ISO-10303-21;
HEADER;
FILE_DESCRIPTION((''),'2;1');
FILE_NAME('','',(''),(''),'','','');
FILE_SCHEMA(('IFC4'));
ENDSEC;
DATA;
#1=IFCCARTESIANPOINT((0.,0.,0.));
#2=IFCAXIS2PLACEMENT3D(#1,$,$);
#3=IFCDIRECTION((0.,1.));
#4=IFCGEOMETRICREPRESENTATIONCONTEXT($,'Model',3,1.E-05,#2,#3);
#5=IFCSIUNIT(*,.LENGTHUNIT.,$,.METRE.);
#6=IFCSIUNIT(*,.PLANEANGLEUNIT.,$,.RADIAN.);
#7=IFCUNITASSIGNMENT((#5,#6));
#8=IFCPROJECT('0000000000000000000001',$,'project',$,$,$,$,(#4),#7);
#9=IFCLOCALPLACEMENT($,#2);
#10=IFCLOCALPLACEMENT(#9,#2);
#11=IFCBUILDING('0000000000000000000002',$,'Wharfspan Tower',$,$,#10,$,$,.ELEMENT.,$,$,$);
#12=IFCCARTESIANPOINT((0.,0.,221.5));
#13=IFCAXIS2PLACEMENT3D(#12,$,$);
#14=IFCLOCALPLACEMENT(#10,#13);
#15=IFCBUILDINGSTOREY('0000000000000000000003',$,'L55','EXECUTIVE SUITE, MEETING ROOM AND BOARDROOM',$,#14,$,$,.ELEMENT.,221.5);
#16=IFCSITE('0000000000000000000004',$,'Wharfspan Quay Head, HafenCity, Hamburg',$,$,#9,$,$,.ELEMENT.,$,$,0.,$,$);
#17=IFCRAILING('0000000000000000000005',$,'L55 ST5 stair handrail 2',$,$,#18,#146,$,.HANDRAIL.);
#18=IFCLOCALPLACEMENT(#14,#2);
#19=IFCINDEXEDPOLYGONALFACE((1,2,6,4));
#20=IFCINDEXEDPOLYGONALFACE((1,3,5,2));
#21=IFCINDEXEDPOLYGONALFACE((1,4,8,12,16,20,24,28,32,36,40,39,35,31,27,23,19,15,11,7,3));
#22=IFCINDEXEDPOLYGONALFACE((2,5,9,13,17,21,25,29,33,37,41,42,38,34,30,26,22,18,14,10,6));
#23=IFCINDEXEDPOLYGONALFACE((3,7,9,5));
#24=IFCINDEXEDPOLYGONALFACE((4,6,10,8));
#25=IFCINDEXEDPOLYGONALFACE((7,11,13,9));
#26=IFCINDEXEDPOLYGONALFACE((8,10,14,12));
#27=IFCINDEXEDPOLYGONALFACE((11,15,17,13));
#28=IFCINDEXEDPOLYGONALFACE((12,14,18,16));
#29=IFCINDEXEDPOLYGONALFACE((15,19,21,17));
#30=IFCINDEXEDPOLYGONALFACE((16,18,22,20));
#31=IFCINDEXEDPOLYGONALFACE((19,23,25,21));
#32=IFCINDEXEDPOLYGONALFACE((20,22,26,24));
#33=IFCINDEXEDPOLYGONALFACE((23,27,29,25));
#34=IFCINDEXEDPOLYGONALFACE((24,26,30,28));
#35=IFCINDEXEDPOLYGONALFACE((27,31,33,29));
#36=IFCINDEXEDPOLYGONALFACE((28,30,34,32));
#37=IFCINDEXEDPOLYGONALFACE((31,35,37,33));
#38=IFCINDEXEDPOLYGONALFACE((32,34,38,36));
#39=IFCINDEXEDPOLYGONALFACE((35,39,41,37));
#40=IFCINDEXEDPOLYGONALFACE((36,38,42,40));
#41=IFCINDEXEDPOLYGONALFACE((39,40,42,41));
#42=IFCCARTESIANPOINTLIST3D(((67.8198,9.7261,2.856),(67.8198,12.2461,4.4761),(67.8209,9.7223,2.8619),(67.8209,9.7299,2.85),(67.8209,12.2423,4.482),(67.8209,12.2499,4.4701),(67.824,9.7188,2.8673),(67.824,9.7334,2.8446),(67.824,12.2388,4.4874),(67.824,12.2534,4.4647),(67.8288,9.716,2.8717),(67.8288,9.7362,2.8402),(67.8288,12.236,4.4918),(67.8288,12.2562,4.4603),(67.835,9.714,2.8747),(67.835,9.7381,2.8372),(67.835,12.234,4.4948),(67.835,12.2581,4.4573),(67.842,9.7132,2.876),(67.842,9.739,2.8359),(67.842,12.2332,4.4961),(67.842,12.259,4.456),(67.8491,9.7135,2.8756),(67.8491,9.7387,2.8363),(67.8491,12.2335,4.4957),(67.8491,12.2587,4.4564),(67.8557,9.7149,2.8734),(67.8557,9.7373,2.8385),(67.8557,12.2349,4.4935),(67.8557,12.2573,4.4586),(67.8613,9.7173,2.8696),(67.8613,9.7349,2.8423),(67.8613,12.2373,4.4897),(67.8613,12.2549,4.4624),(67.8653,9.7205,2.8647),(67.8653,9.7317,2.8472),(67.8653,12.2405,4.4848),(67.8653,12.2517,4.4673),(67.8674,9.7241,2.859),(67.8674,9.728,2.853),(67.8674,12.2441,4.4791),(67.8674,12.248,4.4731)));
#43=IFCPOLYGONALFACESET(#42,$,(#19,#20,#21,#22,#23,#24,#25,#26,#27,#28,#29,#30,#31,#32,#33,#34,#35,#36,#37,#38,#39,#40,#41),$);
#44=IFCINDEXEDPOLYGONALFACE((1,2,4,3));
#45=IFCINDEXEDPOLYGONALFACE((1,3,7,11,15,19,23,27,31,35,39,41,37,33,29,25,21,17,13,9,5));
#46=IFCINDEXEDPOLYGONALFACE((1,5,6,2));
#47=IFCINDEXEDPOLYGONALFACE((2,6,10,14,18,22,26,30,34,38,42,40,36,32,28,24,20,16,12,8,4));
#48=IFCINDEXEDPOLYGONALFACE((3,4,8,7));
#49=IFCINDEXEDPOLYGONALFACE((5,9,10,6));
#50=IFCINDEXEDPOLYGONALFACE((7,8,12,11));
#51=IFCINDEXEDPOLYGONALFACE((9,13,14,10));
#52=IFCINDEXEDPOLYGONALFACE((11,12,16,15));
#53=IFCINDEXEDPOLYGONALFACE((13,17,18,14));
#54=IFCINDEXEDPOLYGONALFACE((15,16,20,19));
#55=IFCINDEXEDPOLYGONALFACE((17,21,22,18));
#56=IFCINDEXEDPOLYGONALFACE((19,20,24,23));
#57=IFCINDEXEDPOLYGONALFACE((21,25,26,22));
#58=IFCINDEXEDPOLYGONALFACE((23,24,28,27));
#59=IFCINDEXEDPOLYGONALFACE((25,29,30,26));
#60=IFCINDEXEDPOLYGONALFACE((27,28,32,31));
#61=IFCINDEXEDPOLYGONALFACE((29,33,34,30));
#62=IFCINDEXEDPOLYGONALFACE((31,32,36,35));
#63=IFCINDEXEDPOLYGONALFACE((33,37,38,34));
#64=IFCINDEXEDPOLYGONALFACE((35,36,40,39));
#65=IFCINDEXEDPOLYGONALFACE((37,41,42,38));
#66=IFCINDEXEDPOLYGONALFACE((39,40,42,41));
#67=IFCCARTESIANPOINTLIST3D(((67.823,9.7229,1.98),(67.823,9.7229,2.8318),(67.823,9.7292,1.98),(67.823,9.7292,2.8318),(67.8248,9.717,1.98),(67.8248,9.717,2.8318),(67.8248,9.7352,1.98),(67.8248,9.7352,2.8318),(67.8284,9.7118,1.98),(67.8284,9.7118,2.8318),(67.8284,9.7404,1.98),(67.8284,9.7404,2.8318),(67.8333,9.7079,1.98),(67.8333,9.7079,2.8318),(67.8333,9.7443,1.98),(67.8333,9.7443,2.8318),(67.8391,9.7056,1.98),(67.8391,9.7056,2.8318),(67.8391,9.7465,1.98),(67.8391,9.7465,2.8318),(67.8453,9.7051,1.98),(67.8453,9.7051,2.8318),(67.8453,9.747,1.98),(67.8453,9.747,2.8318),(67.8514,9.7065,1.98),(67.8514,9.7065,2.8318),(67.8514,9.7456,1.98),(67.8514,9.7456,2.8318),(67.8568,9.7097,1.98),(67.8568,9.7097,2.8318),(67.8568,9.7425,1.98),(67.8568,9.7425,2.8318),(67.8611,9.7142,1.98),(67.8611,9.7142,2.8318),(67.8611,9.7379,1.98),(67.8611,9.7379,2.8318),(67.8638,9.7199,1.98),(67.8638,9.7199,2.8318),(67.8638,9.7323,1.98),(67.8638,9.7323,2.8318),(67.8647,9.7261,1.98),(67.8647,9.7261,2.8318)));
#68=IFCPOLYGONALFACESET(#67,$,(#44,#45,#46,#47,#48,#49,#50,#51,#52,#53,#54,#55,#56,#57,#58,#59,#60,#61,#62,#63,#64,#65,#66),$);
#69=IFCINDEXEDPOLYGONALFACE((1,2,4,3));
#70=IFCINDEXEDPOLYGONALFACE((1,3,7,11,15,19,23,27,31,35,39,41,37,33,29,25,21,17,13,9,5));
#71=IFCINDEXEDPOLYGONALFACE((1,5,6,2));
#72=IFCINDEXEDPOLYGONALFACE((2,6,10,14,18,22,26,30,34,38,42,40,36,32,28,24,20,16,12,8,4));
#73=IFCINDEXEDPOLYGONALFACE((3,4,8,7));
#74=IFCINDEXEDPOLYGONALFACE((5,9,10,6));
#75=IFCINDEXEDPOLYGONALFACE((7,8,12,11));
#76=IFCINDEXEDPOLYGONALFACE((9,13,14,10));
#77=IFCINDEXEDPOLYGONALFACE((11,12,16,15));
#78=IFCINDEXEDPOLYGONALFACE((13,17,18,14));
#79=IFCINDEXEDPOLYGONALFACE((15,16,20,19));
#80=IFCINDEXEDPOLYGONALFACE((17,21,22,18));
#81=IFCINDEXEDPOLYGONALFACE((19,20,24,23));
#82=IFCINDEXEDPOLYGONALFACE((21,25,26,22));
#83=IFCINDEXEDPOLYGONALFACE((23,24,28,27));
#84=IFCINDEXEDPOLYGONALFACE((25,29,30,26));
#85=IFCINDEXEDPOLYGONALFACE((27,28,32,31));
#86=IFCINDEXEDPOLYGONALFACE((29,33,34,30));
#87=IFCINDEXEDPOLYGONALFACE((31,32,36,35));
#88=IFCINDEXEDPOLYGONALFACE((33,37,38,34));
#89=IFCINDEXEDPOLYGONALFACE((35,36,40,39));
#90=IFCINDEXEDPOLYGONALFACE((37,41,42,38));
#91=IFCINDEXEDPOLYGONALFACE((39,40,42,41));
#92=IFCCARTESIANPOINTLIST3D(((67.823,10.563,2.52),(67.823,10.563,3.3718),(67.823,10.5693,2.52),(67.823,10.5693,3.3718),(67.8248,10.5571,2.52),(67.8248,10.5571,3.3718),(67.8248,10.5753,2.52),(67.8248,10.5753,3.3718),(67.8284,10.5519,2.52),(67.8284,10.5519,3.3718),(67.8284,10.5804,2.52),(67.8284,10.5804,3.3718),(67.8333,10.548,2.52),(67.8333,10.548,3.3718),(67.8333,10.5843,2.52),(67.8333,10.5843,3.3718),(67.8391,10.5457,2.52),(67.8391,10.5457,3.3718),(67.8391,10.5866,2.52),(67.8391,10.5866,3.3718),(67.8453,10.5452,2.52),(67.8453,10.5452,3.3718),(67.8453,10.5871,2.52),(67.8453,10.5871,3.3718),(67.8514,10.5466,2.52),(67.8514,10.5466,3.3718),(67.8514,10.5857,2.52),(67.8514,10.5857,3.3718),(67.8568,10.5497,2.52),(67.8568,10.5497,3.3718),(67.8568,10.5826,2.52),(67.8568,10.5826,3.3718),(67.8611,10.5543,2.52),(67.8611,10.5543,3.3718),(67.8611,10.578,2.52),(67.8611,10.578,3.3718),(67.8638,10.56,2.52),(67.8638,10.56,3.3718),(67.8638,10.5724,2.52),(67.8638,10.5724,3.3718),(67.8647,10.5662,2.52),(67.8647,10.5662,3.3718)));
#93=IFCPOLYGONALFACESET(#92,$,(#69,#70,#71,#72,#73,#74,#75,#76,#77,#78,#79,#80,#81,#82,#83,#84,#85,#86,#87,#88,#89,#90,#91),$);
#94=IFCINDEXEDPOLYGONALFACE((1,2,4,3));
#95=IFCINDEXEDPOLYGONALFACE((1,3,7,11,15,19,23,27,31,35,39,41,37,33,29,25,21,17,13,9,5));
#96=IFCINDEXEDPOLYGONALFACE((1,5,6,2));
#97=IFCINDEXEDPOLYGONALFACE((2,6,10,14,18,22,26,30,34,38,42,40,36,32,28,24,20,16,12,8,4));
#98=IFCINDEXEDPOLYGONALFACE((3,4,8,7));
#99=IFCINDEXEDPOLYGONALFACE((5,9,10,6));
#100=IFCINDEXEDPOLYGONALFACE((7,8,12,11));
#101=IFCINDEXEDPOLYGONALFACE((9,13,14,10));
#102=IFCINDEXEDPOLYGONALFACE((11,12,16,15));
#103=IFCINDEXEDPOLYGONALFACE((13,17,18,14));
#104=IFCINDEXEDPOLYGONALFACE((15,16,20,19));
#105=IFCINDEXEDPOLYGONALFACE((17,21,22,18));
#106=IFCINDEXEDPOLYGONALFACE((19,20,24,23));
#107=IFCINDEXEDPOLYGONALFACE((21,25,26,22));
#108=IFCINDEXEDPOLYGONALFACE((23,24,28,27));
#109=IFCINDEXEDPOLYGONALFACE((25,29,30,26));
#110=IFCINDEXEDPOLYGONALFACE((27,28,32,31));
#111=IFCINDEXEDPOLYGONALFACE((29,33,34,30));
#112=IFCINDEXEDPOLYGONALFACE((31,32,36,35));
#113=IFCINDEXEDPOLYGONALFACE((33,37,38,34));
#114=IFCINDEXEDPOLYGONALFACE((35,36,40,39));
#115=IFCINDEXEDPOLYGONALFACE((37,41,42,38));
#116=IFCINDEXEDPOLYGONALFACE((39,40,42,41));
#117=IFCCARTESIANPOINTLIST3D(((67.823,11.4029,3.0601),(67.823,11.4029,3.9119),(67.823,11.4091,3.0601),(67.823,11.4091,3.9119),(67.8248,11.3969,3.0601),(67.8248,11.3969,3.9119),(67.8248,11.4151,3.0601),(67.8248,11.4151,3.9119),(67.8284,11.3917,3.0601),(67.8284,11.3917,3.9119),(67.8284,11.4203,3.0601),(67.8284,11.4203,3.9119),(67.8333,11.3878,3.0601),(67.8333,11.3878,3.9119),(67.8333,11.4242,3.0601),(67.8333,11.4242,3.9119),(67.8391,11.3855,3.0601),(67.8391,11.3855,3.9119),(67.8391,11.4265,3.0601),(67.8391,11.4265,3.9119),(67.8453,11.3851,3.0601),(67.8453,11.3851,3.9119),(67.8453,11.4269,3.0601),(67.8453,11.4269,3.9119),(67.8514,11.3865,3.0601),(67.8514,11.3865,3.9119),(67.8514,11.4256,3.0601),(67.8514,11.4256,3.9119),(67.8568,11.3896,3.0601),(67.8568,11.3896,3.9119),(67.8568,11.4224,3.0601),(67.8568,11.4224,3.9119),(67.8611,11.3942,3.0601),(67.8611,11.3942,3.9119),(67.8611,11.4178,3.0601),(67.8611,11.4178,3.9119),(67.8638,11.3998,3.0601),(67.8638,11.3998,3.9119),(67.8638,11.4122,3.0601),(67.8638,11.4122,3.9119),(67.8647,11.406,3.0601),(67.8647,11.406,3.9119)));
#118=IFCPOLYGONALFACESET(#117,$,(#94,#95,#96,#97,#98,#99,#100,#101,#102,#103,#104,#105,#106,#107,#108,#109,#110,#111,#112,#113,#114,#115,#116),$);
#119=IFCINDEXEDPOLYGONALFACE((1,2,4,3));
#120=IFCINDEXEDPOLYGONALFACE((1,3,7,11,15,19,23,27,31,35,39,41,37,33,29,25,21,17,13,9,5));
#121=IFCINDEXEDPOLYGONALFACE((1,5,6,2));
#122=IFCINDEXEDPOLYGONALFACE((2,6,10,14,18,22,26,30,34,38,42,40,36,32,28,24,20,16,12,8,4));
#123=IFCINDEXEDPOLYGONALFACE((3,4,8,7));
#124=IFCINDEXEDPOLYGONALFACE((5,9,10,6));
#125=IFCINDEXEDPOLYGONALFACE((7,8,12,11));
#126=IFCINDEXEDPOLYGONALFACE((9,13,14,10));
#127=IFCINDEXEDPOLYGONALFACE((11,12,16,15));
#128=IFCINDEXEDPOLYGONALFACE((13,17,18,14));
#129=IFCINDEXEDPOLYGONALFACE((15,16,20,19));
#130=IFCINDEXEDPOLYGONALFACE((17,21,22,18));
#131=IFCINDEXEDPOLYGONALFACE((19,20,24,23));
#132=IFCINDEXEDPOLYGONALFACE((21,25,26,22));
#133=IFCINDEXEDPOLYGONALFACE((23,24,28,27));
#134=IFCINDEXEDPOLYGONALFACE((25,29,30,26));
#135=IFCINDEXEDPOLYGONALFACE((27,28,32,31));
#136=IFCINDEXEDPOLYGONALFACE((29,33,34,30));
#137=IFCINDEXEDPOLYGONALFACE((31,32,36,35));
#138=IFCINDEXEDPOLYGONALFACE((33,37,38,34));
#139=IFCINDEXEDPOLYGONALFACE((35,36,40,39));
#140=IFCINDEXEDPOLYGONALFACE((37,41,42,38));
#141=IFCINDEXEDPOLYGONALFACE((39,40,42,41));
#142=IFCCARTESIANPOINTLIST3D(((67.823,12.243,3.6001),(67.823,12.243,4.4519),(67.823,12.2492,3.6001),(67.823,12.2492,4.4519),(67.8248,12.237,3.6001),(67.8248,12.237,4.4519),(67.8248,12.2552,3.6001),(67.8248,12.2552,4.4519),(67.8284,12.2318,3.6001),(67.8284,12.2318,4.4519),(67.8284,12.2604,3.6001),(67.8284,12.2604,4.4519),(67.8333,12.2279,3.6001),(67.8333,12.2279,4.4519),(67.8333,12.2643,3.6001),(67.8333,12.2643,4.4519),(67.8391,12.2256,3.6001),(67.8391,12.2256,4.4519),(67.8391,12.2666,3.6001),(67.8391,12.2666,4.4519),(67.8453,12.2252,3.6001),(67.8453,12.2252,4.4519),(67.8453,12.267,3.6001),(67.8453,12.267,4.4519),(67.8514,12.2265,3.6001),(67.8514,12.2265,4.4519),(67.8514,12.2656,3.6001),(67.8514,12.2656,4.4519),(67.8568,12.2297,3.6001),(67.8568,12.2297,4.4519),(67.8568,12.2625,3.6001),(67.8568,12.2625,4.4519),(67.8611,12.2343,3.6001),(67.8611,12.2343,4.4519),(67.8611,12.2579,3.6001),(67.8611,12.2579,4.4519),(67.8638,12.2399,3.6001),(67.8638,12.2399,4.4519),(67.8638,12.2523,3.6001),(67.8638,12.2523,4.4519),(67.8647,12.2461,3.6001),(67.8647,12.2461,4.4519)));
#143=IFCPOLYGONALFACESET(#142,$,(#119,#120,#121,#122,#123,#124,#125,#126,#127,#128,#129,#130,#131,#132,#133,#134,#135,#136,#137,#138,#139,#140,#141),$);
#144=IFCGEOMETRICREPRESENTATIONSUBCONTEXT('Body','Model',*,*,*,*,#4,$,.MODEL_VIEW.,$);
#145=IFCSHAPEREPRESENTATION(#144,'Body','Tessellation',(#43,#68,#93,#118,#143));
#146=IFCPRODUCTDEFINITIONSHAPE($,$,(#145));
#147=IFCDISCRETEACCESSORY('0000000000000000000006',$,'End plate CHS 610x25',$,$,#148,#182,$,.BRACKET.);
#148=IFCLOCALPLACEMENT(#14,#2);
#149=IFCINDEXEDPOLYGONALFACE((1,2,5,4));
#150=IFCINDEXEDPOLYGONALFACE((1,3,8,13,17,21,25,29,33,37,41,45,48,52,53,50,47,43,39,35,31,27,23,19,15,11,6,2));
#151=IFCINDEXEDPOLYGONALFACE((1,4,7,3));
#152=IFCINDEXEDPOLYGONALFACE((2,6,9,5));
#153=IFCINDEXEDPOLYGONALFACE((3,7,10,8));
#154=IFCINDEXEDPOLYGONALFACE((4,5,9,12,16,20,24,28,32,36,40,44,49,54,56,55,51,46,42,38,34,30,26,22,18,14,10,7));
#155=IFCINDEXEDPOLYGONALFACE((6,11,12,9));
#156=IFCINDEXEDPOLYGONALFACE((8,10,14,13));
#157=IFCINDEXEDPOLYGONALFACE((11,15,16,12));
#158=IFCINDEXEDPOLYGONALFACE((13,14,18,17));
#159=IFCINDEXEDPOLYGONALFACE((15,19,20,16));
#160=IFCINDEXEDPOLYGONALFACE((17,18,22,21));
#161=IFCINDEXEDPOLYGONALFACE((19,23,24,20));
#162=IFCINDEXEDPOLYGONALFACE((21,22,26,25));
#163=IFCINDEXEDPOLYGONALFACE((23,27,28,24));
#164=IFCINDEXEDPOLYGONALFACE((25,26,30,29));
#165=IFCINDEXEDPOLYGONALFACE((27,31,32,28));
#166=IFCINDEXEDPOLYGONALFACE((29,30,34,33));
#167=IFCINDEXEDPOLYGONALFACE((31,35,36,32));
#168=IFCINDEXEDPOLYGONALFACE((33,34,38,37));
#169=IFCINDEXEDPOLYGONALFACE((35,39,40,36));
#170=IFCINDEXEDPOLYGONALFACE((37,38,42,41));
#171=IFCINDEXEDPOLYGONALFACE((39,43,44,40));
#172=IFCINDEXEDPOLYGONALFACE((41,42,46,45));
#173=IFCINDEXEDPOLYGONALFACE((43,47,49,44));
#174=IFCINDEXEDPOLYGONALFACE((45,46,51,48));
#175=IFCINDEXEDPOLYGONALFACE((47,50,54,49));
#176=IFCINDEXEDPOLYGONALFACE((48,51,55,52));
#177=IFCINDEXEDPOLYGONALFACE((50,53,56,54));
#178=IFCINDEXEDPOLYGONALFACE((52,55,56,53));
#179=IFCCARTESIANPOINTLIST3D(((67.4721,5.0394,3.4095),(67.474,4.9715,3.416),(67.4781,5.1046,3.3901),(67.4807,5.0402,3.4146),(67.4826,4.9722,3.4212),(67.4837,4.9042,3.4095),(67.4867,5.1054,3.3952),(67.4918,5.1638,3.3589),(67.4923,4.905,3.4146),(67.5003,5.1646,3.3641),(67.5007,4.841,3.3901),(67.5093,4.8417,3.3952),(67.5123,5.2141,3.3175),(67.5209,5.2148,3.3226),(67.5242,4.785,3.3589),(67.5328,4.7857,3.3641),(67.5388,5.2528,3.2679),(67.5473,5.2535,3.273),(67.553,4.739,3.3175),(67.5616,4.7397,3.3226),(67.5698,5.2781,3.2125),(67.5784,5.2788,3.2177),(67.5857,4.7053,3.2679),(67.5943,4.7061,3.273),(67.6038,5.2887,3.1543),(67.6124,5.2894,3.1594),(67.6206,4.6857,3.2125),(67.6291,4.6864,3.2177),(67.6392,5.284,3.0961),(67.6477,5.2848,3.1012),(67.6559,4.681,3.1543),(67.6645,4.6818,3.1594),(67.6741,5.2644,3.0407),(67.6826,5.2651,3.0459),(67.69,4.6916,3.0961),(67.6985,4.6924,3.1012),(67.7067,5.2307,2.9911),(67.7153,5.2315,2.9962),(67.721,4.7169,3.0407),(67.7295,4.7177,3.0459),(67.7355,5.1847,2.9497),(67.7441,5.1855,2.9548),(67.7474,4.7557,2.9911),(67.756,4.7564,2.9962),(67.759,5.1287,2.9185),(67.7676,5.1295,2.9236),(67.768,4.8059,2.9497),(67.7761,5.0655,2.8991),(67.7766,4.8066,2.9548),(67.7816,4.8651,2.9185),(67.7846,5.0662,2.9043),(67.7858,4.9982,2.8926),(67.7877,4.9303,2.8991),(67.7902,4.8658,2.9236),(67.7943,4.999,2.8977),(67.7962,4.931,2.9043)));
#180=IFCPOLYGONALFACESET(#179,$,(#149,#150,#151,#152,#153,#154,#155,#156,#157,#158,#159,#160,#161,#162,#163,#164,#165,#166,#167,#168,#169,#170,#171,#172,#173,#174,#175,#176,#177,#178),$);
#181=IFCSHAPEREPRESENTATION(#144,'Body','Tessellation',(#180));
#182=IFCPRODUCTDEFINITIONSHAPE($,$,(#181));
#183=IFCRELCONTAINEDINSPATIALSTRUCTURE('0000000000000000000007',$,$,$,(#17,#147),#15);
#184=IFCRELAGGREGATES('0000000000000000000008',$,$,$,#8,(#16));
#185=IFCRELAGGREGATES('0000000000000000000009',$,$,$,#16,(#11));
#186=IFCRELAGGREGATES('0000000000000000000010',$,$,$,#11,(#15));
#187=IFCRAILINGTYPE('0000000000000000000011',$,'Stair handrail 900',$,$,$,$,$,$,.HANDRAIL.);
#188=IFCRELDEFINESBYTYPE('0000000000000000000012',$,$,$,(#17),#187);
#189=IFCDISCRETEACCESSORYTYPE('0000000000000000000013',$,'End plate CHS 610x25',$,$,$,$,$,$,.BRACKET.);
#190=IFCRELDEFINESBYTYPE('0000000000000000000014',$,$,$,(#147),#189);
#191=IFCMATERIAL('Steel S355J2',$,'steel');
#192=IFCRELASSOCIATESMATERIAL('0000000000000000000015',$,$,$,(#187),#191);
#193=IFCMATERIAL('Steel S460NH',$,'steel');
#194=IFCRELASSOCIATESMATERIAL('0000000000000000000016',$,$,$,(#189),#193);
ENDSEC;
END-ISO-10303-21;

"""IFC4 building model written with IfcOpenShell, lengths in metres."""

from ifc_helpers import new_model, si_unit, direction, frame, origin, origin_2d, place, context, subcontext, project, spatial, circle, extrude, material, material_profile, profile_set, type_object, element, save


model = new_model("IFC4")

# Units and contexts
model_context = context("Model", 3, precision=1e-05, world=origin(), true_north=direction((0.0, 1.0)))
body_context = subcontext(model_context, "Body", "Model", "MODEL_VIEW")
ifc_project = project(units=[si_unit("LENGTHUNIT", "METRE"), si_unit("PLANEANGLEUNIT", "RADIAN")], contexts=[model_context])

# Site, building, storey
site_placement = place(None, origin())
site = spatial("IfcSite", under=ifc_project, at=site_placement, Name="Wharfspan Quay Head, HafenCity, Hamburg", CompositionType="ELEMENT", RefElevation=0.0)
building_placement = place(site_placement, origin())
building = spatial("IfcBuilding", under=site, at=building_placement, Name="Wharfspan Tower", CompositionType="ELEMENT")
storey_placement = place(building_placement, frame((0.0, 0.0, 221.5)))
storey = spatial("IfcBuildingStorey", under=building, at=storey_placement, Name="L55", Description="EXECUTIVE SUITE, MEETING ROOM AND BOARDROOM", CompositionType="ELEMENT", Elevation=221.5)

# Shared definitions
ifc_material_1 = material(Name="Steel S355J2", Category="steel")

# Shared definitions
ifc_material_2 = material(Name="Steel S460NH", Category="steel")

# Railing
railing_type_1 = type_object("IfcRailingType", Name="Stair handrail 900", PredefinedType="HANDRAIL", material=ifc_material_1)
railing_1_placement = place(storey_placement, frame((67.8438, 9.7261, 1.98)))
element("IfcRailing", 1, at=railing_1_placement, inside=storey, type_object=railing_type_1, Name="L55 ST5 stair handrail 2", PredefinedType="HANDRAIL", context=body_context, shape_type="SweptSolid", body=[
    extrude(circle(Radius=0.0239, at=origin_2d()), frame((0.0, 0.0, 0.876), z_axis=(0.0, 0.841163, 0.540782), x_axis=(-1.0, 0.0, 0.0)), (0.0, 0.0, 1.0), 2.9958),
    extrude(circle(Radius=0.021, at=origin_2d()), origin(), (0.0, 0.0, 1.0), 0.8518),
    extrude(circle(Radius=0.021, at=origin_2d()), frame((0.0, 0.8401, 0.54)), (0.0, 0.0, 1.0), 0.8518),
    extrude(circle(Radius=0.021, at=origin_2d()), frame((0.0, 1.6799, 1.0801)), (0.0, 0.0, 1.0), 0.8518),
    extrude(circle(Radius=0.021, at=origin_2d()), frame((0.0, 2.52, 1.6201)), (0.0, 0.0, 1.0), 0.8518),
])

# Discrete accessory
ifc_material_profile_1 = material_profile(ifc_material_2, circle(Radius=0.3049, at=origin_2d()))
ifc_profile_set_1 = profile_set([ifc_material_profile_1], Name="Steel S460NH")
discrete_accessory_type = type_object("IfcDiscreteAccessoryType", Name="End plate CHS 610x25", PredefinedType="BRACKET", material=ifc_profile_set_1)
for number, where, z_axis, x_axis, name in (
    (2, (67.6299, 4.9849, 3.1543), (0.855186, 0.073302, 0.513112), (-0.085402, 0.996345, 0.000001), "End plate CHS 610x25"),
):
    element("IfcDiscreteAccessory", number, at=place(storey_placement, frame(where, z_axis=z_axis, x_axis=x_axis)), inside=storey, type_object=discrete_accessory_type, Name=name, PredefinedType="BRACKET", context=body_context, shape_type="SweptSolid", body=[
        extrude(circle(Radius=0.3049, at=origin_2d()), origin(), (0.0, 0.0, 1.0), 0.01),
    ])

save(model, "model.ifc")
